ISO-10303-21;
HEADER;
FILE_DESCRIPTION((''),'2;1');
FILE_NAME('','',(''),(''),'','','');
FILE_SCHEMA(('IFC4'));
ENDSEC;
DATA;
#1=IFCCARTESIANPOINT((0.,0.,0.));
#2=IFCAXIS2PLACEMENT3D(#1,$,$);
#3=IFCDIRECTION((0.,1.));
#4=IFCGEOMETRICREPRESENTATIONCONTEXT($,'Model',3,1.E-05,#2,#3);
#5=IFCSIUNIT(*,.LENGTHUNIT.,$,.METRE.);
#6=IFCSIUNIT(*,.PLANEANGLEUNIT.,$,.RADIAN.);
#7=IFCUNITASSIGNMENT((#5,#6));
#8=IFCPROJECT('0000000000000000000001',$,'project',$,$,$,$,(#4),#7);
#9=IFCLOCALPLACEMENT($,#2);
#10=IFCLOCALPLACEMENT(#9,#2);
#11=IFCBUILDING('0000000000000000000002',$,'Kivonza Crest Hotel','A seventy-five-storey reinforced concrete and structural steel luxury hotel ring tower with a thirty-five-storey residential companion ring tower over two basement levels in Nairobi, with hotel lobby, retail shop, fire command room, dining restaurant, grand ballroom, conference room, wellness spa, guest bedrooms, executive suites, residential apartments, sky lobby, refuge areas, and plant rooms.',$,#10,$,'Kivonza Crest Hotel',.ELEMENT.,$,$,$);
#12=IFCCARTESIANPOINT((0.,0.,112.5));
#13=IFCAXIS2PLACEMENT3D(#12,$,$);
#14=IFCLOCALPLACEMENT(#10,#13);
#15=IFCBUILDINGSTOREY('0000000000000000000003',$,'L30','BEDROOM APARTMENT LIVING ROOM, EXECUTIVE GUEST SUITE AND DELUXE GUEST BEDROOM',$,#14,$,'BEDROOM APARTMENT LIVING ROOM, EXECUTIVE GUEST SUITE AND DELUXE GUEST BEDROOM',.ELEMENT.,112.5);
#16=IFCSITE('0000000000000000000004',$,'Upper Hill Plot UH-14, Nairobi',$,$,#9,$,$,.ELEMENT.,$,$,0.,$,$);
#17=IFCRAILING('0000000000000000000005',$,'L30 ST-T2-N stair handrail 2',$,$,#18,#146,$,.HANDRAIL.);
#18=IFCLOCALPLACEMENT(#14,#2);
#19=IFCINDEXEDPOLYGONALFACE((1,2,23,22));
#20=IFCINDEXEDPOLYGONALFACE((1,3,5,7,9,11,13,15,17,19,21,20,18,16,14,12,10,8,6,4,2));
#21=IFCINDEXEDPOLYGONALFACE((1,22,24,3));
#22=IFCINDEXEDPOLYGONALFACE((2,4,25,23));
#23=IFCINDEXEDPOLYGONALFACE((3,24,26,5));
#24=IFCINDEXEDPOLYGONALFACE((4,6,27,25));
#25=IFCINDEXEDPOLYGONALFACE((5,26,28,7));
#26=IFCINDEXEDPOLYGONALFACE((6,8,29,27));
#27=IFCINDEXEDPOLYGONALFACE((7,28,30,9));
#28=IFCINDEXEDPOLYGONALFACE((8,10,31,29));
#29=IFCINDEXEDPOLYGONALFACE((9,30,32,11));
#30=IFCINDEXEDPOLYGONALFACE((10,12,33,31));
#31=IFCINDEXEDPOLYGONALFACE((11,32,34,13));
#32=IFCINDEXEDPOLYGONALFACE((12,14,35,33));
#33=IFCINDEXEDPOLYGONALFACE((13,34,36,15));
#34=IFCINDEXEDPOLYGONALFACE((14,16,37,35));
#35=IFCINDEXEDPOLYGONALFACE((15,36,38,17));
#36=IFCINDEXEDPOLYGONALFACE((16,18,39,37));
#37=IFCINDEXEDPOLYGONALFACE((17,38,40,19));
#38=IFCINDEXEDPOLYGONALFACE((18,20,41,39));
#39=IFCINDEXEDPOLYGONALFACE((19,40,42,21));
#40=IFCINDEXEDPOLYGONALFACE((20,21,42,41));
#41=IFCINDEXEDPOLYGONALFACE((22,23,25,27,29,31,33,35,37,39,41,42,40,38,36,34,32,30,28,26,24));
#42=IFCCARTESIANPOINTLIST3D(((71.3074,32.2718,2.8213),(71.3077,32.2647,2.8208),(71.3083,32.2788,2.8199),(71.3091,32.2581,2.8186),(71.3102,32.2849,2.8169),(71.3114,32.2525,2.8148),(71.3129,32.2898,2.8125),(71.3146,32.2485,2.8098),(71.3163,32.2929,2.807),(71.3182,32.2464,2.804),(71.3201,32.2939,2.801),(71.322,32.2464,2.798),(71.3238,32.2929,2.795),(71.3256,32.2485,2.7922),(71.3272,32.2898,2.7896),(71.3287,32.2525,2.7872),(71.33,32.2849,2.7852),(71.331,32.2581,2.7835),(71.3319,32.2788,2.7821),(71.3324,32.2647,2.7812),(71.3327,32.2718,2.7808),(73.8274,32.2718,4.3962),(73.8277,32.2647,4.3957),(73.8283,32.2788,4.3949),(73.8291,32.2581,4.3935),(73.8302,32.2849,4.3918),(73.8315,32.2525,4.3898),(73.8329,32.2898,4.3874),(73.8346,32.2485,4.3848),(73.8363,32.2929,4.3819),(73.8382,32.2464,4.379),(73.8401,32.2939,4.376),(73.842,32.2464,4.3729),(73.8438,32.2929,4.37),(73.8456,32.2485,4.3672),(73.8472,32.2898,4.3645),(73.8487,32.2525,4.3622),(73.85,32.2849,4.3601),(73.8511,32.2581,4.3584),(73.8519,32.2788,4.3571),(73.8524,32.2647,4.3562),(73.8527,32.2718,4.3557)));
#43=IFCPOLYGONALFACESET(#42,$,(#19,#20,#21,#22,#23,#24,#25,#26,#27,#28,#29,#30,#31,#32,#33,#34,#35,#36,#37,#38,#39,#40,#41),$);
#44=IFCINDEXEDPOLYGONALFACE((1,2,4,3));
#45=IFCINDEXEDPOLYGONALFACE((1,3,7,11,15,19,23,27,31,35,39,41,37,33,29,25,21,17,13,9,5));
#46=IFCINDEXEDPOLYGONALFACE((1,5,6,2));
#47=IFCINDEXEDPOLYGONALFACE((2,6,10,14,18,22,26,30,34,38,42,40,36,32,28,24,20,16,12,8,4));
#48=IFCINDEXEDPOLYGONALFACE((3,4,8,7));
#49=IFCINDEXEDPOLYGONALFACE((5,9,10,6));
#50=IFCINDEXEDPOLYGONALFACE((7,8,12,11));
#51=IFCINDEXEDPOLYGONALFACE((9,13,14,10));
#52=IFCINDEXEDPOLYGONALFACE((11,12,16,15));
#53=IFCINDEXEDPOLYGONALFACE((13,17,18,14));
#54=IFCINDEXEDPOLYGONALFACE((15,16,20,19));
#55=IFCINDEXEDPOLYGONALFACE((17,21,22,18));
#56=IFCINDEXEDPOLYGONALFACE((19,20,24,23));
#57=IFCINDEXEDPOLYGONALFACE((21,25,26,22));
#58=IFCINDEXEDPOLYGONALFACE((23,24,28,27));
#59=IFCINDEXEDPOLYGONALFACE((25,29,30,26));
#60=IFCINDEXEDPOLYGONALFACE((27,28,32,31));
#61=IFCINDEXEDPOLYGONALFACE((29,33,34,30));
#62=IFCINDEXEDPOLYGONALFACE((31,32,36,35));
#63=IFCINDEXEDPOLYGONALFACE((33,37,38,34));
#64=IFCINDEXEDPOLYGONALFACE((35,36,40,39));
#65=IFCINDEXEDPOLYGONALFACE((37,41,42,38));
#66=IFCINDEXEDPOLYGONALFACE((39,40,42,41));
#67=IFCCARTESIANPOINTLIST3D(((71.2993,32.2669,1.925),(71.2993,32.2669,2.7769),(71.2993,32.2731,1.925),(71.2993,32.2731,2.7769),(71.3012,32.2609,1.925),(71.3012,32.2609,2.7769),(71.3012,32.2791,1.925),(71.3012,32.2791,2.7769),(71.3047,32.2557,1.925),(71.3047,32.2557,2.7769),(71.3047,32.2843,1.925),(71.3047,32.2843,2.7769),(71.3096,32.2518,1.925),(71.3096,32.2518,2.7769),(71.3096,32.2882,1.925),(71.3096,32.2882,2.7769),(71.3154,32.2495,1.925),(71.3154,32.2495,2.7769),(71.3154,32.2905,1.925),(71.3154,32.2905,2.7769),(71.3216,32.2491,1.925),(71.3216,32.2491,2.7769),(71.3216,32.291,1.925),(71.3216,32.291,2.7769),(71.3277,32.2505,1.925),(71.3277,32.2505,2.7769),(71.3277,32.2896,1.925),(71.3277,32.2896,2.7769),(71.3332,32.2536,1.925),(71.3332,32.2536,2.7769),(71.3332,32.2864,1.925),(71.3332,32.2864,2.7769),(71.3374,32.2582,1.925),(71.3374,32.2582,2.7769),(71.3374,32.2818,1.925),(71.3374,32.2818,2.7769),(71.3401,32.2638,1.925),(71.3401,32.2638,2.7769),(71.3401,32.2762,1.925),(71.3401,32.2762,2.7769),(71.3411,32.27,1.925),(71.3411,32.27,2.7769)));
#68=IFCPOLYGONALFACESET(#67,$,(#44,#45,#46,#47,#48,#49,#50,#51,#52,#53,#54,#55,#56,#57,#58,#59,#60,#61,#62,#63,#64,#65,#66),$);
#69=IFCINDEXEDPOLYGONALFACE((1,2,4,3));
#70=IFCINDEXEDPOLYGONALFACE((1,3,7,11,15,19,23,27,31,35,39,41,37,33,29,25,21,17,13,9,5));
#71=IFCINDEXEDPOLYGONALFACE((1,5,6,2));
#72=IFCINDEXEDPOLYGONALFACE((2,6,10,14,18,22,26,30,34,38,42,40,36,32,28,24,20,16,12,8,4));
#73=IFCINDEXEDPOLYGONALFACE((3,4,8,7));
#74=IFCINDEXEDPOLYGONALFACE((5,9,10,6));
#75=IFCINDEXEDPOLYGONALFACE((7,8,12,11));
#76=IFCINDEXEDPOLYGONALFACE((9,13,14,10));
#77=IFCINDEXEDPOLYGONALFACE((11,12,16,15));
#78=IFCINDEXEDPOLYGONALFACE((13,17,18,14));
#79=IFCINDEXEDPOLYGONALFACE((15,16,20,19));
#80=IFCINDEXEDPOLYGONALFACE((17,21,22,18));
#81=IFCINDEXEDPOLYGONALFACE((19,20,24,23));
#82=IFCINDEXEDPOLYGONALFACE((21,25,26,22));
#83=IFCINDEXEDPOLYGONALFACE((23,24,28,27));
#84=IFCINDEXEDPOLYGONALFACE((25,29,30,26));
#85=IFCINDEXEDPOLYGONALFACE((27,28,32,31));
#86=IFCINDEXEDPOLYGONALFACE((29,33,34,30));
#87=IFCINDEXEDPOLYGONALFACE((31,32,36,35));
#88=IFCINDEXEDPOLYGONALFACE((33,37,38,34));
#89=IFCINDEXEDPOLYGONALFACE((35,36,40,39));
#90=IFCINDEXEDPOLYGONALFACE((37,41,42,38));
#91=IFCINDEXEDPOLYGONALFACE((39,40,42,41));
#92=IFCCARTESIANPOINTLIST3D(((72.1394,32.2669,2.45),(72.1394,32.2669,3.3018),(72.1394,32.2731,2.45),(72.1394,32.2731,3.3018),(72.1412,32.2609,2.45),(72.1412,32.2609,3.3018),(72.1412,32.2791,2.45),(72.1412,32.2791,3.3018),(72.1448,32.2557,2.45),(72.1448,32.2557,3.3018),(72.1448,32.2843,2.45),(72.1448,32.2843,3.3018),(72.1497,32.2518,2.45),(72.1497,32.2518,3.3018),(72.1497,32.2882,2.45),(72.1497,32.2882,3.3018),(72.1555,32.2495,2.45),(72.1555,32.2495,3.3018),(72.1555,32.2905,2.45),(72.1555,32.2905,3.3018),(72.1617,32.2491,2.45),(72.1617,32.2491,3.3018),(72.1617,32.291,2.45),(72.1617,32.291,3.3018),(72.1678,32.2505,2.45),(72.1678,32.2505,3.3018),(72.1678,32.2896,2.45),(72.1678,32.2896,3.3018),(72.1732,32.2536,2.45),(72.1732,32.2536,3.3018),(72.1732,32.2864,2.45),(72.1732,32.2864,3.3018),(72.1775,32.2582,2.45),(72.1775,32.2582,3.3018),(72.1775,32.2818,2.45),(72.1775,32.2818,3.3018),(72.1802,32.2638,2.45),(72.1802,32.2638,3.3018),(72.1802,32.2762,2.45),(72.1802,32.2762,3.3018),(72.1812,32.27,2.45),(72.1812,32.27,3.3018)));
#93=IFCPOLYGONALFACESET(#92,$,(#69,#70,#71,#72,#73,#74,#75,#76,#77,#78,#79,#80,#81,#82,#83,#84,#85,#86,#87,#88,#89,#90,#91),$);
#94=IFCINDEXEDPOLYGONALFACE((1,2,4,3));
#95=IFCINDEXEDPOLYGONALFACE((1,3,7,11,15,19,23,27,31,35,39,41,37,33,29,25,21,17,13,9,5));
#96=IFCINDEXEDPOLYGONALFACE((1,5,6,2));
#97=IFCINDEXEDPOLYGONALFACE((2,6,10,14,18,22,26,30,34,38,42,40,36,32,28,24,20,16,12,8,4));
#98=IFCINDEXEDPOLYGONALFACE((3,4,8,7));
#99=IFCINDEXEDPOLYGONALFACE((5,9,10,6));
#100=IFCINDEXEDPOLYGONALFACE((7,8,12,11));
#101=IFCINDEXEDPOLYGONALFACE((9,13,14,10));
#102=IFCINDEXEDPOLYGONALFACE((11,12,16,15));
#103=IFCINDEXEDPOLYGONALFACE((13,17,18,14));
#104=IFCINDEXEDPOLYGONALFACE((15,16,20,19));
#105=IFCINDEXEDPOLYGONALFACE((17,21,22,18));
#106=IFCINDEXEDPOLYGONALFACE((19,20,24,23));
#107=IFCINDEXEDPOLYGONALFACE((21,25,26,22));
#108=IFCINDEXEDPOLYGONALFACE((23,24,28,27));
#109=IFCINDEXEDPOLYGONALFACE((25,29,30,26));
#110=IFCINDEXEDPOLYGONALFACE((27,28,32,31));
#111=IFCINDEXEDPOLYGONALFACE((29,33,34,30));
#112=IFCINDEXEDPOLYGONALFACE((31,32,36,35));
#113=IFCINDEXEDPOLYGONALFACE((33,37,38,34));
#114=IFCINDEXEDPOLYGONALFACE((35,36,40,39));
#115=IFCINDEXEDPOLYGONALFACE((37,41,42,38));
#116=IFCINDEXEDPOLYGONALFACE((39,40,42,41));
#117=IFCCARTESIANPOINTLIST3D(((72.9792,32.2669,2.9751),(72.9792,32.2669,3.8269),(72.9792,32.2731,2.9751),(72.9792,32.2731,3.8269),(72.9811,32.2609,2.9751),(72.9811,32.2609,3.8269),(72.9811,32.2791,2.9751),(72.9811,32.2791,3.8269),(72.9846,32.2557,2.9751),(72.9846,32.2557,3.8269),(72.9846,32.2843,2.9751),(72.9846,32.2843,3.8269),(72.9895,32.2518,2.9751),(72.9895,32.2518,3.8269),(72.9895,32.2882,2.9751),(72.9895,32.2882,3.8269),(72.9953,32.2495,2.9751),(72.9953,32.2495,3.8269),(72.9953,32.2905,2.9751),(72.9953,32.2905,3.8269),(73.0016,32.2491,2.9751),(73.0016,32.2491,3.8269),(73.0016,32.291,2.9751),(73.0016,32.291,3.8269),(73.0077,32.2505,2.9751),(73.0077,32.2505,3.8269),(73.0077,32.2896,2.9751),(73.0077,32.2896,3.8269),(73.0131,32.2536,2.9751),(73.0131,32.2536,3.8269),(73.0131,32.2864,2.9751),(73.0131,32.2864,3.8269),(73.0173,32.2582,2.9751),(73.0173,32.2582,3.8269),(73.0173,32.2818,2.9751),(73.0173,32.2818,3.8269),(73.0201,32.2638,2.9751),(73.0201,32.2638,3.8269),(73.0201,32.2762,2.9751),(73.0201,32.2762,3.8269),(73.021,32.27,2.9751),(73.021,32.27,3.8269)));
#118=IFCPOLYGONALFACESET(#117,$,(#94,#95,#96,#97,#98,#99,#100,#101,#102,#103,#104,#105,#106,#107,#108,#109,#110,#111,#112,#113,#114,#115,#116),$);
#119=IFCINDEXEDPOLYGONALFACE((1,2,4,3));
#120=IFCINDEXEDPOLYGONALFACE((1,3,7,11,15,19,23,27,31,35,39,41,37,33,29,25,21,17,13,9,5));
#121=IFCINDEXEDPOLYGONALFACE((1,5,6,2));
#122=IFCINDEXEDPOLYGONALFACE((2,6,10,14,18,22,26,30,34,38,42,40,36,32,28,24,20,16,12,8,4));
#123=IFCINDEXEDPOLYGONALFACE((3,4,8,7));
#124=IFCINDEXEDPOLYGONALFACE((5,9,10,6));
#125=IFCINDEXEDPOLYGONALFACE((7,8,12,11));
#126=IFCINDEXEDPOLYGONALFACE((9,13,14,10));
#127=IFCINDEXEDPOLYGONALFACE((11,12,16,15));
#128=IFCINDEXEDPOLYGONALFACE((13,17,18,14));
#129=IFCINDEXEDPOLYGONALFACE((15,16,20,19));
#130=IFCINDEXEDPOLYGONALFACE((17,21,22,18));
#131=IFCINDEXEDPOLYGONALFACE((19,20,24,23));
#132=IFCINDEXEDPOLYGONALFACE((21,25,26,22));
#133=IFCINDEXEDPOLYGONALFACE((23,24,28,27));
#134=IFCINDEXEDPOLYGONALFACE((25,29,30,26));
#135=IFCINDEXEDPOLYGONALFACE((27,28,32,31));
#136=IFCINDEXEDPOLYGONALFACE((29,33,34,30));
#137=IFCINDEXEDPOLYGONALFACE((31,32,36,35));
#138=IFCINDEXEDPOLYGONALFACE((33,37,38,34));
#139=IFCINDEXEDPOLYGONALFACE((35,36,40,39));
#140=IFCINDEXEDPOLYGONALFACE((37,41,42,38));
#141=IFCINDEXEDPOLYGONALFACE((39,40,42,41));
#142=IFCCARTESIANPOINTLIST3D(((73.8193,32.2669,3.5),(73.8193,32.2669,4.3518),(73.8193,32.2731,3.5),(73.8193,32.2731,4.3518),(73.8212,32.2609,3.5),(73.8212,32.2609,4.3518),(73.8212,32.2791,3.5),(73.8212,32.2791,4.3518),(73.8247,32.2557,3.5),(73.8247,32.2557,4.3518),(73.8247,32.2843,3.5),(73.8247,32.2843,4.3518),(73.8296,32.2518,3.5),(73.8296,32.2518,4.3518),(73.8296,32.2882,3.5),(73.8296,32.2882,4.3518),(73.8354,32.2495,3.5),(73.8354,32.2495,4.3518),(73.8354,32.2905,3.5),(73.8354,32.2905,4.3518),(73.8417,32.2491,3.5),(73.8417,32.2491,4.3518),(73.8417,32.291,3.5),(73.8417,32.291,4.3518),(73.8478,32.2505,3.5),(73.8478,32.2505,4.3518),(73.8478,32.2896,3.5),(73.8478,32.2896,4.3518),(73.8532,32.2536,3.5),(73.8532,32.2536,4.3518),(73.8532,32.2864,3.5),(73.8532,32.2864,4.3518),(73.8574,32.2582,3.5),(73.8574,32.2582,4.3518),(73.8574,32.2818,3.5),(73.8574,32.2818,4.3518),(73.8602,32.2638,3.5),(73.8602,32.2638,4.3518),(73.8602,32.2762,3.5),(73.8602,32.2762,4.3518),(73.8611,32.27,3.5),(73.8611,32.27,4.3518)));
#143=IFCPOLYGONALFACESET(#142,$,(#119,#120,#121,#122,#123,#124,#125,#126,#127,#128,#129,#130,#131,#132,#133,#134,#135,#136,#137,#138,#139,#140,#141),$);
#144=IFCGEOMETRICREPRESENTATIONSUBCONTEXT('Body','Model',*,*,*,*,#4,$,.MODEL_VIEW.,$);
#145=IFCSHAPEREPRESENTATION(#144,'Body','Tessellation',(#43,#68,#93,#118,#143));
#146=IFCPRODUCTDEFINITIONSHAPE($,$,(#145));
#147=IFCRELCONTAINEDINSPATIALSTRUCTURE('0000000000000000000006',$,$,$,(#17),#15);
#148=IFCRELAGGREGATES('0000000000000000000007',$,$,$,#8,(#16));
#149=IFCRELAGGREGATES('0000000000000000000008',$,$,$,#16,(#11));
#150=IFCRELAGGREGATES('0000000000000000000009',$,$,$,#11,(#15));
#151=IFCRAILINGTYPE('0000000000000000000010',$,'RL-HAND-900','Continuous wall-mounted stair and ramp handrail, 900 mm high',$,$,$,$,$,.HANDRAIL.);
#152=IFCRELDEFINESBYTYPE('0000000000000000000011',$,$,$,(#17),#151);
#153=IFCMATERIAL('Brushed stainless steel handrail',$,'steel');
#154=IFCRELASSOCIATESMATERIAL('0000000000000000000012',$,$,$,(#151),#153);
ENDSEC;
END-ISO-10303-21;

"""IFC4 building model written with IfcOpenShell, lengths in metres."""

from ifc_helpers import new_model, si_unit, direction, frame, origin, origin_2d, place, context, subcontext, project, spatial, circle, extrude, material, type_object, element, save


model = new_model("IFC4")

# Units and contexts
model_context = context("Model", 3, precision=1e-05, world=origin(), true_north=direction((0.0, 1.0)))
body_context = subcontext(model_context, "Body", "Model", "MODEL_VIEW")
ifc_project = project(units=[si_unit("LENGTHUNIT", "METRE"), si_unit("PLANEANGLEUNIT", "RADIAN")], contexts=[model_context])

# Site, building, storey
site_placement = place(None, origin())
site = spatial("IfcSite", under=ifc_project, at=site_placement, Name="Upper Hill Plot UH-14, Nairobi", CompositionType="ELEMENT", RefElevation=0.0)
building_placement = place(site_placement, origin())
building = spatial("IfcBuilding", under=site, at=building_placement, Name="Kivonza Crest Hotel", Description="A seventy-five-storey reinforced concrete and structural steel luxury hotel ring tower with a thirty-five-storey residential companion ring tower over two basement levels in Nairobi, with hotel lobby, retail shop, fire command room, dining restaurant, grand ballroom, conference room, wellness spa, guest bedrooms, executive suites, residential apartments, sky lobby, refuge areas, and plant rooms.", LongName="Kivonza Crest Hotel", CompositionType="ELEMENT")
storey_placement = place(building_placement, frame((0.0, 0.0, 112.5)))
storey = spatial("IfcBuildingStorey", under=building, at=storey_placement, Name="L30", Description="BEDROOM APARTMENT LIVING ROOM, EXECUTIVE GUEST SUITE AND DELUXE GUEST BEDROOM", LongName="BEDROOM APARTMENT LIVING ROOM, EXECUTIVE GUEST SUITE AND DELUXE GUEST BEDROOM", CompositionType="ELEMENT", Elevation=112.5)

# Railing
ifc_material_1 = material(Name="Brushed stainless steel handrail", Category="steel")
railing_type_1 = type_object("IfcRailingType", Name="RL-HAND-900", Description="Continuous wall-mounted stair and ramp handrail, 900 mm high", PredefinedType="HANDRAIL", material=ifc_material_1)
railing_1_placement = place(storey_placement, frame((71.3201, 32.27, 1.925)))
element("IfcRailing", 1, at=railing_1_placement, inside=storey, type_object=railing_type_1, Name="L30 ST-T2-N stair handrail 2", PredefinedType="HANDRAIL", context=body_context, shape_type="SweptSolid", body=[
    extrude(circle(Radius=0.0239, at=origin_2d()), frame((0.0, 0.0, 0.876), z_axis=(0.848008, 0.0, 0.529984), x_axis=(0.0, 1.0, 0.0)), (0.0, 0.0, 1.0), 2.9717),
    extrude(circle(Radius=0.021, at=origin_2d()), origin(), (0.0, 0.0, 1.0), 0.8518),
    extrude(circle(Radius=0.021, at=origin_2d()), frame((0.8401, 0.0, 0.5249)), (0.0, 0.0, 1.0), 0.8518),
    extrude(circle(Radius=0.021, at=origin_2d()), frame((1.6799, 0.0, 1.05)), (0.0, 0.0, 1.0), 0.8518),
    extrude(circle(Radius=0.021, at=origin_2d()), frame((2.52, 0.0, 1.575)), (0.0, 0.0, 1.0), 0.8518),
])

save(model, "model.ifc")
